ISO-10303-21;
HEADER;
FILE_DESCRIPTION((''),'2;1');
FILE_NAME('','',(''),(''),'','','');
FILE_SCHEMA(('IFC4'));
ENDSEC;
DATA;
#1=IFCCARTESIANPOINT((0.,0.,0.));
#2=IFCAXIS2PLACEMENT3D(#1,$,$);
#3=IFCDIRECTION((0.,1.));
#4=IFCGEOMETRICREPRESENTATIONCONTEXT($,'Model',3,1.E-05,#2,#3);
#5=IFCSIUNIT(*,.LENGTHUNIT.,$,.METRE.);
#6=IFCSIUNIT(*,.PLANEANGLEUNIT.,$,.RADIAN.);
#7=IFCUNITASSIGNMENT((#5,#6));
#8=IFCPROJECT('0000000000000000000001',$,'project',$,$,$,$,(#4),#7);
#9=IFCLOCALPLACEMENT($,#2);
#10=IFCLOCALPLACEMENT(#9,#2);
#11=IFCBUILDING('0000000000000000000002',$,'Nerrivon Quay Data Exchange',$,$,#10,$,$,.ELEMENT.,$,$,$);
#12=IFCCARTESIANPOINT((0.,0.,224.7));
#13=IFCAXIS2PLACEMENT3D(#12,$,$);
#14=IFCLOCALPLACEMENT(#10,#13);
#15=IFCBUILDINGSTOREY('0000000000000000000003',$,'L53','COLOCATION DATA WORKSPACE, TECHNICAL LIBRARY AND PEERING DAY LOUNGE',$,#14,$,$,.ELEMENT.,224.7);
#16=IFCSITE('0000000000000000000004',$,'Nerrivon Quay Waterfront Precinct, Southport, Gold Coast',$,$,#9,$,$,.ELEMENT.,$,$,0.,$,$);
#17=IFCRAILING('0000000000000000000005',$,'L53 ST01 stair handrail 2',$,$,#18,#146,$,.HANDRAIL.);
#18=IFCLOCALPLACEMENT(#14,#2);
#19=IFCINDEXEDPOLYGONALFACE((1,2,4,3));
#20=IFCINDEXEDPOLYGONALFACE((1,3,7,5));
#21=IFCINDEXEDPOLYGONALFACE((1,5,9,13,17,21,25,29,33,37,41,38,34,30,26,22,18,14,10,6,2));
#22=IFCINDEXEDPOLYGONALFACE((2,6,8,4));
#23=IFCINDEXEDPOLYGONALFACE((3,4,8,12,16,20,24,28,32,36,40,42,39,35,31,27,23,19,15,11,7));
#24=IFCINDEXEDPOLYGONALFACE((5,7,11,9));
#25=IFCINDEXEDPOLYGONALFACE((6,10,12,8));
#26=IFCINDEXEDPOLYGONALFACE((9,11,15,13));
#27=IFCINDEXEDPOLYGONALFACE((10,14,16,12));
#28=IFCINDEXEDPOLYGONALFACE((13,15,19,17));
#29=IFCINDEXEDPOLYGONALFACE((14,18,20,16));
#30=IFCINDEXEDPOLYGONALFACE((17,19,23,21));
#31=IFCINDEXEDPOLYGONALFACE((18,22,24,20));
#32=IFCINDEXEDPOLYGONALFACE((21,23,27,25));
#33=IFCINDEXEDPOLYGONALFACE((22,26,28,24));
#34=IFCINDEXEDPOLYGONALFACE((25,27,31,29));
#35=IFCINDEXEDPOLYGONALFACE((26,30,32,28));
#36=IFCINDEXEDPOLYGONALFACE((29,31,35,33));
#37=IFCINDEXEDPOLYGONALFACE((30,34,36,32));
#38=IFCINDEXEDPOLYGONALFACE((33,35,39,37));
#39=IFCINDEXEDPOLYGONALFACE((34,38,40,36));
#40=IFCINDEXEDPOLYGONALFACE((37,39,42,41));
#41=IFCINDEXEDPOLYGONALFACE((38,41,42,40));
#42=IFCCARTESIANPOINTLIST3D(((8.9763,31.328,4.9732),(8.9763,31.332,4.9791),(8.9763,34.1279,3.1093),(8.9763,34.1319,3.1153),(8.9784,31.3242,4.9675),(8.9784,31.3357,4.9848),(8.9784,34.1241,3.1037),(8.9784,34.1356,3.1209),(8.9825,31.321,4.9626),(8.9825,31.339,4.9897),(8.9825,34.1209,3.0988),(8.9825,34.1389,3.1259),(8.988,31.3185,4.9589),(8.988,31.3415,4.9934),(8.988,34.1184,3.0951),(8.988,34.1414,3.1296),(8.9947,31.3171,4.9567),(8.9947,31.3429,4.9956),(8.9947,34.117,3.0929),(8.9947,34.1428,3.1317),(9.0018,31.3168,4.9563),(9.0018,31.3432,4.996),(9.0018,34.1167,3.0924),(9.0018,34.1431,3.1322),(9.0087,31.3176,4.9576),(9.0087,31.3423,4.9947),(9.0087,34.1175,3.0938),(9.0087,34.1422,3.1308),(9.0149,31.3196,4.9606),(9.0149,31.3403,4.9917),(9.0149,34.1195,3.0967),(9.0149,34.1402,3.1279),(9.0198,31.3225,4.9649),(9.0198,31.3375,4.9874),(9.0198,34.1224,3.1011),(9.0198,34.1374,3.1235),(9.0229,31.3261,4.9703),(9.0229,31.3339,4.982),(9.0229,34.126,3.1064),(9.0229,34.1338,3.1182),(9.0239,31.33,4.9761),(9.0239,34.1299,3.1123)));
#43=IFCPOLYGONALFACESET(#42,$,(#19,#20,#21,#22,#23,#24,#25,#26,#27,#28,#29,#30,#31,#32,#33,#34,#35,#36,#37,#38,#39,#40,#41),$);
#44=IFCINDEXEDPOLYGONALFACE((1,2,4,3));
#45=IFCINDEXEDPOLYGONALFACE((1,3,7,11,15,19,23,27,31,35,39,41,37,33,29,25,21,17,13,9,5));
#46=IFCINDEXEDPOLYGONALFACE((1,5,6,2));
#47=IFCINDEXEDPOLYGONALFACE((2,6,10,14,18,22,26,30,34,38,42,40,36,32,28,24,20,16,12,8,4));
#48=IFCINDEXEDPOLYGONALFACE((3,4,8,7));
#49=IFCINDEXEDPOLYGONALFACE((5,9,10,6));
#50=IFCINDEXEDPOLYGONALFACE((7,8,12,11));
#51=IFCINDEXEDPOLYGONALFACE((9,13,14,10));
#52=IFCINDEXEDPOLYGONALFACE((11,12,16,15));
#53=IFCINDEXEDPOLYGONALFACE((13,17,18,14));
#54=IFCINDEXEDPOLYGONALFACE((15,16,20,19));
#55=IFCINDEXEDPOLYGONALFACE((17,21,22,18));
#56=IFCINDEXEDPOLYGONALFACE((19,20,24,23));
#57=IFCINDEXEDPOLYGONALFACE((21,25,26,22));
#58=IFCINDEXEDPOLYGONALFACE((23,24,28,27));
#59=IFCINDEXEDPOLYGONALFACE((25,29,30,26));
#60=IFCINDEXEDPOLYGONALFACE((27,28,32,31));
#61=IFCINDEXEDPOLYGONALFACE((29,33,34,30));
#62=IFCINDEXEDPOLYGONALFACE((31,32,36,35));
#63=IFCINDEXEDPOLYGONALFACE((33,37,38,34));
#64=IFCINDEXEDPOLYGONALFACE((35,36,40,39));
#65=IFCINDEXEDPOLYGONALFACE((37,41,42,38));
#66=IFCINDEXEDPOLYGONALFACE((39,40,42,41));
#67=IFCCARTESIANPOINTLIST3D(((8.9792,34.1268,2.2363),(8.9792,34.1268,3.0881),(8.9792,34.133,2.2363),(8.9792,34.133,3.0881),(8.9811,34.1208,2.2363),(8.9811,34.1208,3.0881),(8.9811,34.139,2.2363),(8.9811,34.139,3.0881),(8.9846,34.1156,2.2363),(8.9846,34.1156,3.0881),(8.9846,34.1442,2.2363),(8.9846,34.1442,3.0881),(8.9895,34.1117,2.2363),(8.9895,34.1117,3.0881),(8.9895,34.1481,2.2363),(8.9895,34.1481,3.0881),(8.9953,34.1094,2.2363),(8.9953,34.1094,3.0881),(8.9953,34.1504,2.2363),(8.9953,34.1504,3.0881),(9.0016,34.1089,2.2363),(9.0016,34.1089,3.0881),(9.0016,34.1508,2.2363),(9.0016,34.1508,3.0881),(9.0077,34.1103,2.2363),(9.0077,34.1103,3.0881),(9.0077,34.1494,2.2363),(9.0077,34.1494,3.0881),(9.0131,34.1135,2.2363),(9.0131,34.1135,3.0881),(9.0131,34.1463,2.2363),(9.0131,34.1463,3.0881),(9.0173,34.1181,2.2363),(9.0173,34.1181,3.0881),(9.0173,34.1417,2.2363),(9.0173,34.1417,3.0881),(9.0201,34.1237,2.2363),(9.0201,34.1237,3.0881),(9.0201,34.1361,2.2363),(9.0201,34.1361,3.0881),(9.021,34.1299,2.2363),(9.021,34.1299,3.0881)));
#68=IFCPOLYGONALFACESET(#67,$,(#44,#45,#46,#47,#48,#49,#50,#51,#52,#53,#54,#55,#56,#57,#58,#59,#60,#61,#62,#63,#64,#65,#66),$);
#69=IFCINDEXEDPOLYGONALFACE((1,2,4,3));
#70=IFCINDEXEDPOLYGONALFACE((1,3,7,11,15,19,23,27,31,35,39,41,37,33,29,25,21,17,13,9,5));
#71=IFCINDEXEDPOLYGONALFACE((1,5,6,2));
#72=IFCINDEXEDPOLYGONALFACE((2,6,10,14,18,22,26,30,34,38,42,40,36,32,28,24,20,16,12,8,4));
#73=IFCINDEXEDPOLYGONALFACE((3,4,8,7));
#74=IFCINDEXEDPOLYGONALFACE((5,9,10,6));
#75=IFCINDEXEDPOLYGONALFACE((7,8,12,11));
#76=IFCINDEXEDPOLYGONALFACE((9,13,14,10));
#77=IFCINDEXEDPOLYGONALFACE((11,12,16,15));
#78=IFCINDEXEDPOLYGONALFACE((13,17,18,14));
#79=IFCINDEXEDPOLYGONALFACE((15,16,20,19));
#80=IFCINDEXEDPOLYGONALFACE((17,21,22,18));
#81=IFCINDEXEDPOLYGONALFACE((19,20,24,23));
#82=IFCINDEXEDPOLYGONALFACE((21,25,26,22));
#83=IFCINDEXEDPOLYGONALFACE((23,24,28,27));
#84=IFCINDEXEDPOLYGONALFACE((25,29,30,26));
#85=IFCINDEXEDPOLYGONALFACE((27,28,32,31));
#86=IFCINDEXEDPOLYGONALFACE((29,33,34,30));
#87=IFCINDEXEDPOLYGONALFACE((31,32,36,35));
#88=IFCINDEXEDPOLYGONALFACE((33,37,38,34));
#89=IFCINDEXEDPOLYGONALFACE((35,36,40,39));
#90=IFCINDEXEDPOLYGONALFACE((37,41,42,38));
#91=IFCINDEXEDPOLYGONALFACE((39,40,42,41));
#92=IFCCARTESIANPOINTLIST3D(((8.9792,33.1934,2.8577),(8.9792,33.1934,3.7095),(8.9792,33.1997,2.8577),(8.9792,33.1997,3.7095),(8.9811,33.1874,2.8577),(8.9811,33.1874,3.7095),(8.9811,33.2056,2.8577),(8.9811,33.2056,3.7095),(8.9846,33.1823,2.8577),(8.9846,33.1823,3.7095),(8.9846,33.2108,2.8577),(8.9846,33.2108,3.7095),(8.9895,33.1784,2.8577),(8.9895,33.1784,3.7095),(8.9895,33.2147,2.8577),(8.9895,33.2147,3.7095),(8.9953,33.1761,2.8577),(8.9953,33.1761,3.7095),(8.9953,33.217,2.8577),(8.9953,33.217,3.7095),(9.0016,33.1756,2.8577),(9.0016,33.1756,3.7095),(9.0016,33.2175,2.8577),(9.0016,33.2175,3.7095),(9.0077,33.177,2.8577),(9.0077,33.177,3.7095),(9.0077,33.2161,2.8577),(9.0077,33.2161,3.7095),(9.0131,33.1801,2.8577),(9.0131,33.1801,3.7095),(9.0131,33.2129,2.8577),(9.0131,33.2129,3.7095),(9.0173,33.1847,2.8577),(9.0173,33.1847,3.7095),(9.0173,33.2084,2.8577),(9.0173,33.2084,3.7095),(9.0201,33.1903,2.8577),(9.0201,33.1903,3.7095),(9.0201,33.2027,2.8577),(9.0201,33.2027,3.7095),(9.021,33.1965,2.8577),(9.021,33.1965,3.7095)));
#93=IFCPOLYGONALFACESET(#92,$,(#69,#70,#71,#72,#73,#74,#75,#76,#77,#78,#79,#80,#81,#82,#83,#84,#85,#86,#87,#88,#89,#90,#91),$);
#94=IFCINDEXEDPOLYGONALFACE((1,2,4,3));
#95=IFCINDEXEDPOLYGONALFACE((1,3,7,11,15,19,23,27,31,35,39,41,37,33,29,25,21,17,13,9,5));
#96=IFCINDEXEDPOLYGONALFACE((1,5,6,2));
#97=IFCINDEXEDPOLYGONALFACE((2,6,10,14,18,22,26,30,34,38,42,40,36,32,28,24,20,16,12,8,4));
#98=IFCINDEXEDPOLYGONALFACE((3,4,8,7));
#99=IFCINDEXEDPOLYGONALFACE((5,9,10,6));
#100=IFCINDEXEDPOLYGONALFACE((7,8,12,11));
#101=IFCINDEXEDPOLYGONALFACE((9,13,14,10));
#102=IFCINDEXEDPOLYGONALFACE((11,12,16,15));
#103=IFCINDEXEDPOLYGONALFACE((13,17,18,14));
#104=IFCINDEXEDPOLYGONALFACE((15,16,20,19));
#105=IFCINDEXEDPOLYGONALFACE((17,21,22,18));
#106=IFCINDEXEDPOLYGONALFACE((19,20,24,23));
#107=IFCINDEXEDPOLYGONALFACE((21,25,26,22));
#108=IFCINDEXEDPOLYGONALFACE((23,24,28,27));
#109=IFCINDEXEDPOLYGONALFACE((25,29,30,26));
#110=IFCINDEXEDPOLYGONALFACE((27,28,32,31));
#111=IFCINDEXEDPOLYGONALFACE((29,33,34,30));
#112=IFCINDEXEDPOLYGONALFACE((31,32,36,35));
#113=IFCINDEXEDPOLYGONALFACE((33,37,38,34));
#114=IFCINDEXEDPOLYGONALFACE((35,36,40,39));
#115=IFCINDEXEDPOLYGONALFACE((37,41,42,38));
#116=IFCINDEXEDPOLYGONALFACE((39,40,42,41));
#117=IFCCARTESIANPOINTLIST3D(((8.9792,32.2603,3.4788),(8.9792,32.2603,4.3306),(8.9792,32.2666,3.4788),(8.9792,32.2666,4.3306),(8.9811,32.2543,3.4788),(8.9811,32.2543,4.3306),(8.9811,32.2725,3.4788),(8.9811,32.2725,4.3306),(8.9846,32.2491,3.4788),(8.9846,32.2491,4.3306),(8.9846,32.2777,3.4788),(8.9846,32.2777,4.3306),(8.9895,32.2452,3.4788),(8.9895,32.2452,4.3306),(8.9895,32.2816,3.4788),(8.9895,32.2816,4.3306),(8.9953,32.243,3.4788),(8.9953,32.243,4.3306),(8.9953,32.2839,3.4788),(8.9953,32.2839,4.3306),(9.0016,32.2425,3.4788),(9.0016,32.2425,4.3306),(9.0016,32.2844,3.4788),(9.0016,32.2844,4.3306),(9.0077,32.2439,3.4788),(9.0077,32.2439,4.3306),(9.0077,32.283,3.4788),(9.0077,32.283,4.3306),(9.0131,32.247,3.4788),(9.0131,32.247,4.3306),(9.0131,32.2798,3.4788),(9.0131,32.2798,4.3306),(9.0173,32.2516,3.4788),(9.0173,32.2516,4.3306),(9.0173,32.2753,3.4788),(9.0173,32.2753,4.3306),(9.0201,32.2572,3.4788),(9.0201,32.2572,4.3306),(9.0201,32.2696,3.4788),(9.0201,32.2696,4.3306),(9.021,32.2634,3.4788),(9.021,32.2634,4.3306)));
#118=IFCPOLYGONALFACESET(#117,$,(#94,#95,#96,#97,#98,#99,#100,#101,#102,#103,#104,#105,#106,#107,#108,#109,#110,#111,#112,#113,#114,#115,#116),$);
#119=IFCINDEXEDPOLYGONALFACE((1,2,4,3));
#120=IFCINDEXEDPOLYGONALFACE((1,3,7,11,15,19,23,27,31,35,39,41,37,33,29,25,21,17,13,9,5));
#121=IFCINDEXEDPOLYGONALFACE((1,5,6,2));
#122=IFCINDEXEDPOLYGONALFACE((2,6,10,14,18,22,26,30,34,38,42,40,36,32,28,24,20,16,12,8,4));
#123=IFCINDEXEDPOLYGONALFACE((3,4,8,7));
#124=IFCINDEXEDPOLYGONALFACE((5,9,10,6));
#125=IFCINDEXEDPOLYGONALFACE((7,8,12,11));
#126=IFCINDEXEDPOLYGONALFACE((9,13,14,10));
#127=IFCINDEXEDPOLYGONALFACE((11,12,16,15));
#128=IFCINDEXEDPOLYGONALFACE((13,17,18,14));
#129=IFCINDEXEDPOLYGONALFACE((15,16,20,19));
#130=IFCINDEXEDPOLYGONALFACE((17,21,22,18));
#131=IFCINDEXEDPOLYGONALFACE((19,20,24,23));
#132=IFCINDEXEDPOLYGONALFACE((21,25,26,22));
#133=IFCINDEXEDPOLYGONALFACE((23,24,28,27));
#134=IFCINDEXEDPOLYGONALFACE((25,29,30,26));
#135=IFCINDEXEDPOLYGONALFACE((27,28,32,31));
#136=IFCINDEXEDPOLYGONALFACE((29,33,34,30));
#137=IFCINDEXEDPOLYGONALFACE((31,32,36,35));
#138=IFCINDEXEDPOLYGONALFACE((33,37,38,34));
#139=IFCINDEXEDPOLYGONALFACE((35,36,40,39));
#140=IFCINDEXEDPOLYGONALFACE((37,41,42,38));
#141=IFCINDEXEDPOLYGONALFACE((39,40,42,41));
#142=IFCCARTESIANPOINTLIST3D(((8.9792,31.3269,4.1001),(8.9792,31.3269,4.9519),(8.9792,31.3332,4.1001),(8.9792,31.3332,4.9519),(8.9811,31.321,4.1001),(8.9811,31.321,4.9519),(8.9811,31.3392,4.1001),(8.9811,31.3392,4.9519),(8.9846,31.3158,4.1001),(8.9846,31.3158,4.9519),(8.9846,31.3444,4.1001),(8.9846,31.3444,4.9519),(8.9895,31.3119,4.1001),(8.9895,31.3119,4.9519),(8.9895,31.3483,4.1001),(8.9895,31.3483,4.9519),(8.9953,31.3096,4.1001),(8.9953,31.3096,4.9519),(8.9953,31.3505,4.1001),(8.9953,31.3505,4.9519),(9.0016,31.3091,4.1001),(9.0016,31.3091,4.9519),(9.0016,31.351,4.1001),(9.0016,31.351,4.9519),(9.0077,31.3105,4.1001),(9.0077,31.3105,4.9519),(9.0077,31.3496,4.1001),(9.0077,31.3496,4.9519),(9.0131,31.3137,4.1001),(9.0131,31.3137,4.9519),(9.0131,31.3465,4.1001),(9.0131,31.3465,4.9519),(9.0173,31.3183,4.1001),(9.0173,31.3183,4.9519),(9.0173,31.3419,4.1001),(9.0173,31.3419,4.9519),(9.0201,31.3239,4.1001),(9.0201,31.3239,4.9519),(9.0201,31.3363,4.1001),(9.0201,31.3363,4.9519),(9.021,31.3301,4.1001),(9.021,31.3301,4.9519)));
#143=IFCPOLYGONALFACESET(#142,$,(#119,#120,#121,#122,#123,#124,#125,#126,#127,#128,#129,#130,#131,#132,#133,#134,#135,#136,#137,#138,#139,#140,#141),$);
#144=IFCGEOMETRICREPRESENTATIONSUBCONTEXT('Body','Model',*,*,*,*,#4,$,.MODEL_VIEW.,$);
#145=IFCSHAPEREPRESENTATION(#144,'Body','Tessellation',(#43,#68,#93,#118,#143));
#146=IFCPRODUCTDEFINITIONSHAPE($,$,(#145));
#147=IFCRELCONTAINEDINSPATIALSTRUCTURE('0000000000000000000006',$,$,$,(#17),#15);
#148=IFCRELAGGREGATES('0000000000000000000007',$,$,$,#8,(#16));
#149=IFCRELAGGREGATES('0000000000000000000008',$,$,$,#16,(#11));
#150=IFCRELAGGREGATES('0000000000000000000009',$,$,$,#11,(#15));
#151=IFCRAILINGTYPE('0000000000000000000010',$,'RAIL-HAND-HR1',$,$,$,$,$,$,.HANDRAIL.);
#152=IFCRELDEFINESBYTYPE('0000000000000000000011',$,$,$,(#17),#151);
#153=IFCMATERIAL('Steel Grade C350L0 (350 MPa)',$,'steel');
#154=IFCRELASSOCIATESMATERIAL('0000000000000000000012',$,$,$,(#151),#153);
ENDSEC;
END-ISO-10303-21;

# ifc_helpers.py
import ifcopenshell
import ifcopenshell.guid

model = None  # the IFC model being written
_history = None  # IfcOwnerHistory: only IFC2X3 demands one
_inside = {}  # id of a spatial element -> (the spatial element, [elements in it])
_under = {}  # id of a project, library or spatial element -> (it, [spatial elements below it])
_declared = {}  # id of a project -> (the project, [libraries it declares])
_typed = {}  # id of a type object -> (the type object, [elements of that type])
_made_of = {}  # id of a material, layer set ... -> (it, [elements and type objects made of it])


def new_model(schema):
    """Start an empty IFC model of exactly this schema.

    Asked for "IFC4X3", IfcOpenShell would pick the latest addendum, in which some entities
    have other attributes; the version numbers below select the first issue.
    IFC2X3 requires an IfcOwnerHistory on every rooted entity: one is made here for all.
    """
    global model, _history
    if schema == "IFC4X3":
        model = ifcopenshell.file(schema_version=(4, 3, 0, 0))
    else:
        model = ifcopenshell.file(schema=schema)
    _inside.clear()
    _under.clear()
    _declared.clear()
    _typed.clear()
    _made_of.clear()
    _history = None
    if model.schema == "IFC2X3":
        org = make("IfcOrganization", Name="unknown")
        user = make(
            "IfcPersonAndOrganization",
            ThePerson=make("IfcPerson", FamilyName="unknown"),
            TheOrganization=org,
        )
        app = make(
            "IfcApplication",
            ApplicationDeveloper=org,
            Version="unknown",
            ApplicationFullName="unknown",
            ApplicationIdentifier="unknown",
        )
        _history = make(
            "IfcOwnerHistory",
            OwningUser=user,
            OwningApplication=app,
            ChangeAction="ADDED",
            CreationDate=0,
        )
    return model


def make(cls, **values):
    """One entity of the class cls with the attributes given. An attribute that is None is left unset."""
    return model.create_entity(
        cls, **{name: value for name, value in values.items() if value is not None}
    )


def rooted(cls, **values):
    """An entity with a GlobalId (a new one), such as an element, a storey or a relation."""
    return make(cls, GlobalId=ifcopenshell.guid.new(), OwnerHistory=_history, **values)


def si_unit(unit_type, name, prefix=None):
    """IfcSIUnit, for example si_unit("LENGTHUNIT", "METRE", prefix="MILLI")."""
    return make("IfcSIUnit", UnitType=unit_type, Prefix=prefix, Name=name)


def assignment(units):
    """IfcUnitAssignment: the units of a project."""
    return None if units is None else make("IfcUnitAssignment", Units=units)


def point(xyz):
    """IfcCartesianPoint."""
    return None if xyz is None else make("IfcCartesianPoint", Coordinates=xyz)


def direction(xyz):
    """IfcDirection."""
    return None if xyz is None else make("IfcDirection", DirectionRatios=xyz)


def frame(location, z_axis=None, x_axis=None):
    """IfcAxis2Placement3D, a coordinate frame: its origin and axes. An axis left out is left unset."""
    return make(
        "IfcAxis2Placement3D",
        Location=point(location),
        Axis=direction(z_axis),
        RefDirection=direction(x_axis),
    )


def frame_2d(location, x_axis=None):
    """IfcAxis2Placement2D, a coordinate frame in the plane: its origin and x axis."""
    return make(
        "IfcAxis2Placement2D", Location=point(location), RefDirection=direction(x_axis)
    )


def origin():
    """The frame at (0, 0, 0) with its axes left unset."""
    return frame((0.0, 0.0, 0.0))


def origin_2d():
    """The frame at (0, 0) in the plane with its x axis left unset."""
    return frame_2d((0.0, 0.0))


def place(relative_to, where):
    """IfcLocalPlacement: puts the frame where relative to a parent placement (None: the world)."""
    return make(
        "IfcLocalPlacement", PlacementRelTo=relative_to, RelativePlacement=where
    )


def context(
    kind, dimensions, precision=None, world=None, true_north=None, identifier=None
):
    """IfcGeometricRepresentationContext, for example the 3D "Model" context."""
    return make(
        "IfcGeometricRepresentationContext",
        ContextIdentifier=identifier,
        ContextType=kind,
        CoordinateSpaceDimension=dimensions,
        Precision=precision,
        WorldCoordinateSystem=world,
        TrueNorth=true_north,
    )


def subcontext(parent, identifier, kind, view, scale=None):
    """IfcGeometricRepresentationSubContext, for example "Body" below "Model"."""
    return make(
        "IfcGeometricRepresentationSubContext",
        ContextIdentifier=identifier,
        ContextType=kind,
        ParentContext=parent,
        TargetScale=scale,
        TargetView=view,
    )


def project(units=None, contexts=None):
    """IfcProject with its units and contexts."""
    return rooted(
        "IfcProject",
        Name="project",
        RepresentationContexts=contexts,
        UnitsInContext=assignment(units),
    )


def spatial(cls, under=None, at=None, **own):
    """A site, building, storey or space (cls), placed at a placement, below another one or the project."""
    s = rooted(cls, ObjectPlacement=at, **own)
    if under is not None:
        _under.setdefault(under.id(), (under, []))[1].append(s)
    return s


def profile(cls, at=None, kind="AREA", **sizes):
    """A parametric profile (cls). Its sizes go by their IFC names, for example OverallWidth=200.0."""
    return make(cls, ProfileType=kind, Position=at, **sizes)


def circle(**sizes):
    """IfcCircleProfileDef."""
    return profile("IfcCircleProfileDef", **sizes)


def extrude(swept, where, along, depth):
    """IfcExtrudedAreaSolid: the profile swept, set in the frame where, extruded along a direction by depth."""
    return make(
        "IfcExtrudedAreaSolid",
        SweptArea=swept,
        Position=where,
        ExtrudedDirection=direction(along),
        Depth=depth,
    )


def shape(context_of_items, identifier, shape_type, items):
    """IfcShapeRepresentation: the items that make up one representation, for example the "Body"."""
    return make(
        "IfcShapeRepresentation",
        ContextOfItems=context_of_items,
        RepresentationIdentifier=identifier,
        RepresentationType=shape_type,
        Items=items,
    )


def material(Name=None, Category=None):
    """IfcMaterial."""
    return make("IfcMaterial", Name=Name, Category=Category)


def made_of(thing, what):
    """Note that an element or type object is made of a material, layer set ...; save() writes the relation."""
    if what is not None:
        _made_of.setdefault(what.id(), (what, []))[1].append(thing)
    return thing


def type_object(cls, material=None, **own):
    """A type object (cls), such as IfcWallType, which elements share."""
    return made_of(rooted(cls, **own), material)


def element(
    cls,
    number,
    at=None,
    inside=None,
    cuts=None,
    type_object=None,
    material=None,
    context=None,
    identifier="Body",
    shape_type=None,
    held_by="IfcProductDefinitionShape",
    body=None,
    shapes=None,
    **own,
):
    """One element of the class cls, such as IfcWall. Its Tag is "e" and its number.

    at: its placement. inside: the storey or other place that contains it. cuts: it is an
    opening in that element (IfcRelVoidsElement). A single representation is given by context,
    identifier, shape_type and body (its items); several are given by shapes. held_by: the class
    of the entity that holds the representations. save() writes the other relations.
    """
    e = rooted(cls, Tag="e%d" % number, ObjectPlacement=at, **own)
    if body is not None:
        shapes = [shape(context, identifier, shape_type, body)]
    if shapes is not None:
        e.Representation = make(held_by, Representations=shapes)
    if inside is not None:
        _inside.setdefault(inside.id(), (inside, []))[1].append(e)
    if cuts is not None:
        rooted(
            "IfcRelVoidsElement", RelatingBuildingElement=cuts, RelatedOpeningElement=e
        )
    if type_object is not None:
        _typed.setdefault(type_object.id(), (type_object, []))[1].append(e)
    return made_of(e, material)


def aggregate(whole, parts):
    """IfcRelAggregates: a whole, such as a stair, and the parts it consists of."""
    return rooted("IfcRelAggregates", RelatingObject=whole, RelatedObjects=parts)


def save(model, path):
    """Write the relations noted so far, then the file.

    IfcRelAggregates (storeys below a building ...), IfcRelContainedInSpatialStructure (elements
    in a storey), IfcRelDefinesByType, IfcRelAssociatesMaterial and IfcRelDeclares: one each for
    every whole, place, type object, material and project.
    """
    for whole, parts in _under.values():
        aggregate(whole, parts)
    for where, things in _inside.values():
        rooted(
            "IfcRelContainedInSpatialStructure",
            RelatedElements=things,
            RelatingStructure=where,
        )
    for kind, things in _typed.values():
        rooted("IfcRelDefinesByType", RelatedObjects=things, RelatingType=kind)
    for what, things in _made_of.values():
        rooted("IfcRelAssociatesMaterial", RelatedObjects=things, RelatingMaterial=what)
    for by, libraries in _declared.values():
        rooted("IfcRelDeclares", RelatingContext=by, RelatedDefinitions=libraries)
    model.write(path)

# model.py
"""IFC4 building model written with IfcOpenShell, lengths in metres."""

from ifc_helpers import new_model, si_unit, direction, frame, origin, origin_2d, place, context, subcontext, project, spatial, circle, extrude, material, type_object, element, save


model = new_model("IFC4")

# Units and contexts
model_context = context("Model", 3, precision=1e-05, world=origin(), true_north=direction((0.0, 1.0)))
body_context = subcontext(model_context, "Body", "Model", "MODEL_VIEW")
ifc_project = project(units=[si_unit("LENGTHUNIT", "METRE"), si_unit("PLANEANGLEUNIT", "RADIAN")], contexts=[model_context])

# Site, building, storey
site_placement = place(None, origin())
site = spatial("IfcSite", under=ifc_project, at=site_placement, Name="Nerrivon Quay Waterfront Precinct, Southport, Gold Coast", CompositionType="ELEMENT", RefElevation=0.0)
building_placement = place(site_placement, origin())
building = spatial("IfcBuilding", under=site, at=building_placement, Name="Nerrivon Quay Data Exchange", CompositionType="ELEMENT")
storey_placement = place(building_placement, frame((0.0, 0.0, 224.7)))
storey = spatial("IfcBuildingStorey", under=building, at=storey_placement, Name="L53", Description="COLOCATION DATA WORKSPACE, TECHNICAL LIBRARY AND PEERING DAY LOUNGE", CompositionType="ELEMENT", Elevation=224.7)

# Shared definitions
ifc_material_1 = material(Name="Steel Grade C350L0 (350 MPa)", Category="steel")

# Railing
railing_type_1 = type_object("IfcRailingType", Name="RAIL-HAND-HR1", PredefinedType="HANDRAIL", material=ifc_material_1)
railing_1_placement = place(storey_placement, frame((9.0, 34.1299, 2.2363)))
element("IfcRailing", 1, at=railing_1_placement, inside=storey, type_object=railing_type_1, Name="L53 ST01 stair handrail 2", PredefinedType="HANDRAIL", context=body_context, shape_type="SweptSolid", body=[
    extrude(circle(Radius=0.0239, at=origin_2d()), frame((0.0, 0.0, 0.876), z_axis=(0.0, -0.83243, 0.554131), x_axis=(1.0, 0.0, 0.0)), (0.0, 0.0, 1.0), 3.3635),
    extrude(circle(Radius=0.021, at=origin_2d()), origin(), (0.0, 0.0, 1.0), 0.8518),
    extrude(circle(Radius=0.021, at=origin_2d()), frame((0.0, -0.9333, 0.6213)), (0.0, 0.0, 1.0), 0.8518),
    extrude(circle(Radius=0.021, at=origin_2d()), frame((0.0, -1.8665, 1.2424)), (0.0, 0.0, 1.0), 0.8518),
    extrude(circle(Radius=0.021, at=origin_2d()), frame((0.0, -2.7998, 1.8638)), (0.0, 0.0, 1.0), 0.8518),
])

save(model, "model.ifc")
